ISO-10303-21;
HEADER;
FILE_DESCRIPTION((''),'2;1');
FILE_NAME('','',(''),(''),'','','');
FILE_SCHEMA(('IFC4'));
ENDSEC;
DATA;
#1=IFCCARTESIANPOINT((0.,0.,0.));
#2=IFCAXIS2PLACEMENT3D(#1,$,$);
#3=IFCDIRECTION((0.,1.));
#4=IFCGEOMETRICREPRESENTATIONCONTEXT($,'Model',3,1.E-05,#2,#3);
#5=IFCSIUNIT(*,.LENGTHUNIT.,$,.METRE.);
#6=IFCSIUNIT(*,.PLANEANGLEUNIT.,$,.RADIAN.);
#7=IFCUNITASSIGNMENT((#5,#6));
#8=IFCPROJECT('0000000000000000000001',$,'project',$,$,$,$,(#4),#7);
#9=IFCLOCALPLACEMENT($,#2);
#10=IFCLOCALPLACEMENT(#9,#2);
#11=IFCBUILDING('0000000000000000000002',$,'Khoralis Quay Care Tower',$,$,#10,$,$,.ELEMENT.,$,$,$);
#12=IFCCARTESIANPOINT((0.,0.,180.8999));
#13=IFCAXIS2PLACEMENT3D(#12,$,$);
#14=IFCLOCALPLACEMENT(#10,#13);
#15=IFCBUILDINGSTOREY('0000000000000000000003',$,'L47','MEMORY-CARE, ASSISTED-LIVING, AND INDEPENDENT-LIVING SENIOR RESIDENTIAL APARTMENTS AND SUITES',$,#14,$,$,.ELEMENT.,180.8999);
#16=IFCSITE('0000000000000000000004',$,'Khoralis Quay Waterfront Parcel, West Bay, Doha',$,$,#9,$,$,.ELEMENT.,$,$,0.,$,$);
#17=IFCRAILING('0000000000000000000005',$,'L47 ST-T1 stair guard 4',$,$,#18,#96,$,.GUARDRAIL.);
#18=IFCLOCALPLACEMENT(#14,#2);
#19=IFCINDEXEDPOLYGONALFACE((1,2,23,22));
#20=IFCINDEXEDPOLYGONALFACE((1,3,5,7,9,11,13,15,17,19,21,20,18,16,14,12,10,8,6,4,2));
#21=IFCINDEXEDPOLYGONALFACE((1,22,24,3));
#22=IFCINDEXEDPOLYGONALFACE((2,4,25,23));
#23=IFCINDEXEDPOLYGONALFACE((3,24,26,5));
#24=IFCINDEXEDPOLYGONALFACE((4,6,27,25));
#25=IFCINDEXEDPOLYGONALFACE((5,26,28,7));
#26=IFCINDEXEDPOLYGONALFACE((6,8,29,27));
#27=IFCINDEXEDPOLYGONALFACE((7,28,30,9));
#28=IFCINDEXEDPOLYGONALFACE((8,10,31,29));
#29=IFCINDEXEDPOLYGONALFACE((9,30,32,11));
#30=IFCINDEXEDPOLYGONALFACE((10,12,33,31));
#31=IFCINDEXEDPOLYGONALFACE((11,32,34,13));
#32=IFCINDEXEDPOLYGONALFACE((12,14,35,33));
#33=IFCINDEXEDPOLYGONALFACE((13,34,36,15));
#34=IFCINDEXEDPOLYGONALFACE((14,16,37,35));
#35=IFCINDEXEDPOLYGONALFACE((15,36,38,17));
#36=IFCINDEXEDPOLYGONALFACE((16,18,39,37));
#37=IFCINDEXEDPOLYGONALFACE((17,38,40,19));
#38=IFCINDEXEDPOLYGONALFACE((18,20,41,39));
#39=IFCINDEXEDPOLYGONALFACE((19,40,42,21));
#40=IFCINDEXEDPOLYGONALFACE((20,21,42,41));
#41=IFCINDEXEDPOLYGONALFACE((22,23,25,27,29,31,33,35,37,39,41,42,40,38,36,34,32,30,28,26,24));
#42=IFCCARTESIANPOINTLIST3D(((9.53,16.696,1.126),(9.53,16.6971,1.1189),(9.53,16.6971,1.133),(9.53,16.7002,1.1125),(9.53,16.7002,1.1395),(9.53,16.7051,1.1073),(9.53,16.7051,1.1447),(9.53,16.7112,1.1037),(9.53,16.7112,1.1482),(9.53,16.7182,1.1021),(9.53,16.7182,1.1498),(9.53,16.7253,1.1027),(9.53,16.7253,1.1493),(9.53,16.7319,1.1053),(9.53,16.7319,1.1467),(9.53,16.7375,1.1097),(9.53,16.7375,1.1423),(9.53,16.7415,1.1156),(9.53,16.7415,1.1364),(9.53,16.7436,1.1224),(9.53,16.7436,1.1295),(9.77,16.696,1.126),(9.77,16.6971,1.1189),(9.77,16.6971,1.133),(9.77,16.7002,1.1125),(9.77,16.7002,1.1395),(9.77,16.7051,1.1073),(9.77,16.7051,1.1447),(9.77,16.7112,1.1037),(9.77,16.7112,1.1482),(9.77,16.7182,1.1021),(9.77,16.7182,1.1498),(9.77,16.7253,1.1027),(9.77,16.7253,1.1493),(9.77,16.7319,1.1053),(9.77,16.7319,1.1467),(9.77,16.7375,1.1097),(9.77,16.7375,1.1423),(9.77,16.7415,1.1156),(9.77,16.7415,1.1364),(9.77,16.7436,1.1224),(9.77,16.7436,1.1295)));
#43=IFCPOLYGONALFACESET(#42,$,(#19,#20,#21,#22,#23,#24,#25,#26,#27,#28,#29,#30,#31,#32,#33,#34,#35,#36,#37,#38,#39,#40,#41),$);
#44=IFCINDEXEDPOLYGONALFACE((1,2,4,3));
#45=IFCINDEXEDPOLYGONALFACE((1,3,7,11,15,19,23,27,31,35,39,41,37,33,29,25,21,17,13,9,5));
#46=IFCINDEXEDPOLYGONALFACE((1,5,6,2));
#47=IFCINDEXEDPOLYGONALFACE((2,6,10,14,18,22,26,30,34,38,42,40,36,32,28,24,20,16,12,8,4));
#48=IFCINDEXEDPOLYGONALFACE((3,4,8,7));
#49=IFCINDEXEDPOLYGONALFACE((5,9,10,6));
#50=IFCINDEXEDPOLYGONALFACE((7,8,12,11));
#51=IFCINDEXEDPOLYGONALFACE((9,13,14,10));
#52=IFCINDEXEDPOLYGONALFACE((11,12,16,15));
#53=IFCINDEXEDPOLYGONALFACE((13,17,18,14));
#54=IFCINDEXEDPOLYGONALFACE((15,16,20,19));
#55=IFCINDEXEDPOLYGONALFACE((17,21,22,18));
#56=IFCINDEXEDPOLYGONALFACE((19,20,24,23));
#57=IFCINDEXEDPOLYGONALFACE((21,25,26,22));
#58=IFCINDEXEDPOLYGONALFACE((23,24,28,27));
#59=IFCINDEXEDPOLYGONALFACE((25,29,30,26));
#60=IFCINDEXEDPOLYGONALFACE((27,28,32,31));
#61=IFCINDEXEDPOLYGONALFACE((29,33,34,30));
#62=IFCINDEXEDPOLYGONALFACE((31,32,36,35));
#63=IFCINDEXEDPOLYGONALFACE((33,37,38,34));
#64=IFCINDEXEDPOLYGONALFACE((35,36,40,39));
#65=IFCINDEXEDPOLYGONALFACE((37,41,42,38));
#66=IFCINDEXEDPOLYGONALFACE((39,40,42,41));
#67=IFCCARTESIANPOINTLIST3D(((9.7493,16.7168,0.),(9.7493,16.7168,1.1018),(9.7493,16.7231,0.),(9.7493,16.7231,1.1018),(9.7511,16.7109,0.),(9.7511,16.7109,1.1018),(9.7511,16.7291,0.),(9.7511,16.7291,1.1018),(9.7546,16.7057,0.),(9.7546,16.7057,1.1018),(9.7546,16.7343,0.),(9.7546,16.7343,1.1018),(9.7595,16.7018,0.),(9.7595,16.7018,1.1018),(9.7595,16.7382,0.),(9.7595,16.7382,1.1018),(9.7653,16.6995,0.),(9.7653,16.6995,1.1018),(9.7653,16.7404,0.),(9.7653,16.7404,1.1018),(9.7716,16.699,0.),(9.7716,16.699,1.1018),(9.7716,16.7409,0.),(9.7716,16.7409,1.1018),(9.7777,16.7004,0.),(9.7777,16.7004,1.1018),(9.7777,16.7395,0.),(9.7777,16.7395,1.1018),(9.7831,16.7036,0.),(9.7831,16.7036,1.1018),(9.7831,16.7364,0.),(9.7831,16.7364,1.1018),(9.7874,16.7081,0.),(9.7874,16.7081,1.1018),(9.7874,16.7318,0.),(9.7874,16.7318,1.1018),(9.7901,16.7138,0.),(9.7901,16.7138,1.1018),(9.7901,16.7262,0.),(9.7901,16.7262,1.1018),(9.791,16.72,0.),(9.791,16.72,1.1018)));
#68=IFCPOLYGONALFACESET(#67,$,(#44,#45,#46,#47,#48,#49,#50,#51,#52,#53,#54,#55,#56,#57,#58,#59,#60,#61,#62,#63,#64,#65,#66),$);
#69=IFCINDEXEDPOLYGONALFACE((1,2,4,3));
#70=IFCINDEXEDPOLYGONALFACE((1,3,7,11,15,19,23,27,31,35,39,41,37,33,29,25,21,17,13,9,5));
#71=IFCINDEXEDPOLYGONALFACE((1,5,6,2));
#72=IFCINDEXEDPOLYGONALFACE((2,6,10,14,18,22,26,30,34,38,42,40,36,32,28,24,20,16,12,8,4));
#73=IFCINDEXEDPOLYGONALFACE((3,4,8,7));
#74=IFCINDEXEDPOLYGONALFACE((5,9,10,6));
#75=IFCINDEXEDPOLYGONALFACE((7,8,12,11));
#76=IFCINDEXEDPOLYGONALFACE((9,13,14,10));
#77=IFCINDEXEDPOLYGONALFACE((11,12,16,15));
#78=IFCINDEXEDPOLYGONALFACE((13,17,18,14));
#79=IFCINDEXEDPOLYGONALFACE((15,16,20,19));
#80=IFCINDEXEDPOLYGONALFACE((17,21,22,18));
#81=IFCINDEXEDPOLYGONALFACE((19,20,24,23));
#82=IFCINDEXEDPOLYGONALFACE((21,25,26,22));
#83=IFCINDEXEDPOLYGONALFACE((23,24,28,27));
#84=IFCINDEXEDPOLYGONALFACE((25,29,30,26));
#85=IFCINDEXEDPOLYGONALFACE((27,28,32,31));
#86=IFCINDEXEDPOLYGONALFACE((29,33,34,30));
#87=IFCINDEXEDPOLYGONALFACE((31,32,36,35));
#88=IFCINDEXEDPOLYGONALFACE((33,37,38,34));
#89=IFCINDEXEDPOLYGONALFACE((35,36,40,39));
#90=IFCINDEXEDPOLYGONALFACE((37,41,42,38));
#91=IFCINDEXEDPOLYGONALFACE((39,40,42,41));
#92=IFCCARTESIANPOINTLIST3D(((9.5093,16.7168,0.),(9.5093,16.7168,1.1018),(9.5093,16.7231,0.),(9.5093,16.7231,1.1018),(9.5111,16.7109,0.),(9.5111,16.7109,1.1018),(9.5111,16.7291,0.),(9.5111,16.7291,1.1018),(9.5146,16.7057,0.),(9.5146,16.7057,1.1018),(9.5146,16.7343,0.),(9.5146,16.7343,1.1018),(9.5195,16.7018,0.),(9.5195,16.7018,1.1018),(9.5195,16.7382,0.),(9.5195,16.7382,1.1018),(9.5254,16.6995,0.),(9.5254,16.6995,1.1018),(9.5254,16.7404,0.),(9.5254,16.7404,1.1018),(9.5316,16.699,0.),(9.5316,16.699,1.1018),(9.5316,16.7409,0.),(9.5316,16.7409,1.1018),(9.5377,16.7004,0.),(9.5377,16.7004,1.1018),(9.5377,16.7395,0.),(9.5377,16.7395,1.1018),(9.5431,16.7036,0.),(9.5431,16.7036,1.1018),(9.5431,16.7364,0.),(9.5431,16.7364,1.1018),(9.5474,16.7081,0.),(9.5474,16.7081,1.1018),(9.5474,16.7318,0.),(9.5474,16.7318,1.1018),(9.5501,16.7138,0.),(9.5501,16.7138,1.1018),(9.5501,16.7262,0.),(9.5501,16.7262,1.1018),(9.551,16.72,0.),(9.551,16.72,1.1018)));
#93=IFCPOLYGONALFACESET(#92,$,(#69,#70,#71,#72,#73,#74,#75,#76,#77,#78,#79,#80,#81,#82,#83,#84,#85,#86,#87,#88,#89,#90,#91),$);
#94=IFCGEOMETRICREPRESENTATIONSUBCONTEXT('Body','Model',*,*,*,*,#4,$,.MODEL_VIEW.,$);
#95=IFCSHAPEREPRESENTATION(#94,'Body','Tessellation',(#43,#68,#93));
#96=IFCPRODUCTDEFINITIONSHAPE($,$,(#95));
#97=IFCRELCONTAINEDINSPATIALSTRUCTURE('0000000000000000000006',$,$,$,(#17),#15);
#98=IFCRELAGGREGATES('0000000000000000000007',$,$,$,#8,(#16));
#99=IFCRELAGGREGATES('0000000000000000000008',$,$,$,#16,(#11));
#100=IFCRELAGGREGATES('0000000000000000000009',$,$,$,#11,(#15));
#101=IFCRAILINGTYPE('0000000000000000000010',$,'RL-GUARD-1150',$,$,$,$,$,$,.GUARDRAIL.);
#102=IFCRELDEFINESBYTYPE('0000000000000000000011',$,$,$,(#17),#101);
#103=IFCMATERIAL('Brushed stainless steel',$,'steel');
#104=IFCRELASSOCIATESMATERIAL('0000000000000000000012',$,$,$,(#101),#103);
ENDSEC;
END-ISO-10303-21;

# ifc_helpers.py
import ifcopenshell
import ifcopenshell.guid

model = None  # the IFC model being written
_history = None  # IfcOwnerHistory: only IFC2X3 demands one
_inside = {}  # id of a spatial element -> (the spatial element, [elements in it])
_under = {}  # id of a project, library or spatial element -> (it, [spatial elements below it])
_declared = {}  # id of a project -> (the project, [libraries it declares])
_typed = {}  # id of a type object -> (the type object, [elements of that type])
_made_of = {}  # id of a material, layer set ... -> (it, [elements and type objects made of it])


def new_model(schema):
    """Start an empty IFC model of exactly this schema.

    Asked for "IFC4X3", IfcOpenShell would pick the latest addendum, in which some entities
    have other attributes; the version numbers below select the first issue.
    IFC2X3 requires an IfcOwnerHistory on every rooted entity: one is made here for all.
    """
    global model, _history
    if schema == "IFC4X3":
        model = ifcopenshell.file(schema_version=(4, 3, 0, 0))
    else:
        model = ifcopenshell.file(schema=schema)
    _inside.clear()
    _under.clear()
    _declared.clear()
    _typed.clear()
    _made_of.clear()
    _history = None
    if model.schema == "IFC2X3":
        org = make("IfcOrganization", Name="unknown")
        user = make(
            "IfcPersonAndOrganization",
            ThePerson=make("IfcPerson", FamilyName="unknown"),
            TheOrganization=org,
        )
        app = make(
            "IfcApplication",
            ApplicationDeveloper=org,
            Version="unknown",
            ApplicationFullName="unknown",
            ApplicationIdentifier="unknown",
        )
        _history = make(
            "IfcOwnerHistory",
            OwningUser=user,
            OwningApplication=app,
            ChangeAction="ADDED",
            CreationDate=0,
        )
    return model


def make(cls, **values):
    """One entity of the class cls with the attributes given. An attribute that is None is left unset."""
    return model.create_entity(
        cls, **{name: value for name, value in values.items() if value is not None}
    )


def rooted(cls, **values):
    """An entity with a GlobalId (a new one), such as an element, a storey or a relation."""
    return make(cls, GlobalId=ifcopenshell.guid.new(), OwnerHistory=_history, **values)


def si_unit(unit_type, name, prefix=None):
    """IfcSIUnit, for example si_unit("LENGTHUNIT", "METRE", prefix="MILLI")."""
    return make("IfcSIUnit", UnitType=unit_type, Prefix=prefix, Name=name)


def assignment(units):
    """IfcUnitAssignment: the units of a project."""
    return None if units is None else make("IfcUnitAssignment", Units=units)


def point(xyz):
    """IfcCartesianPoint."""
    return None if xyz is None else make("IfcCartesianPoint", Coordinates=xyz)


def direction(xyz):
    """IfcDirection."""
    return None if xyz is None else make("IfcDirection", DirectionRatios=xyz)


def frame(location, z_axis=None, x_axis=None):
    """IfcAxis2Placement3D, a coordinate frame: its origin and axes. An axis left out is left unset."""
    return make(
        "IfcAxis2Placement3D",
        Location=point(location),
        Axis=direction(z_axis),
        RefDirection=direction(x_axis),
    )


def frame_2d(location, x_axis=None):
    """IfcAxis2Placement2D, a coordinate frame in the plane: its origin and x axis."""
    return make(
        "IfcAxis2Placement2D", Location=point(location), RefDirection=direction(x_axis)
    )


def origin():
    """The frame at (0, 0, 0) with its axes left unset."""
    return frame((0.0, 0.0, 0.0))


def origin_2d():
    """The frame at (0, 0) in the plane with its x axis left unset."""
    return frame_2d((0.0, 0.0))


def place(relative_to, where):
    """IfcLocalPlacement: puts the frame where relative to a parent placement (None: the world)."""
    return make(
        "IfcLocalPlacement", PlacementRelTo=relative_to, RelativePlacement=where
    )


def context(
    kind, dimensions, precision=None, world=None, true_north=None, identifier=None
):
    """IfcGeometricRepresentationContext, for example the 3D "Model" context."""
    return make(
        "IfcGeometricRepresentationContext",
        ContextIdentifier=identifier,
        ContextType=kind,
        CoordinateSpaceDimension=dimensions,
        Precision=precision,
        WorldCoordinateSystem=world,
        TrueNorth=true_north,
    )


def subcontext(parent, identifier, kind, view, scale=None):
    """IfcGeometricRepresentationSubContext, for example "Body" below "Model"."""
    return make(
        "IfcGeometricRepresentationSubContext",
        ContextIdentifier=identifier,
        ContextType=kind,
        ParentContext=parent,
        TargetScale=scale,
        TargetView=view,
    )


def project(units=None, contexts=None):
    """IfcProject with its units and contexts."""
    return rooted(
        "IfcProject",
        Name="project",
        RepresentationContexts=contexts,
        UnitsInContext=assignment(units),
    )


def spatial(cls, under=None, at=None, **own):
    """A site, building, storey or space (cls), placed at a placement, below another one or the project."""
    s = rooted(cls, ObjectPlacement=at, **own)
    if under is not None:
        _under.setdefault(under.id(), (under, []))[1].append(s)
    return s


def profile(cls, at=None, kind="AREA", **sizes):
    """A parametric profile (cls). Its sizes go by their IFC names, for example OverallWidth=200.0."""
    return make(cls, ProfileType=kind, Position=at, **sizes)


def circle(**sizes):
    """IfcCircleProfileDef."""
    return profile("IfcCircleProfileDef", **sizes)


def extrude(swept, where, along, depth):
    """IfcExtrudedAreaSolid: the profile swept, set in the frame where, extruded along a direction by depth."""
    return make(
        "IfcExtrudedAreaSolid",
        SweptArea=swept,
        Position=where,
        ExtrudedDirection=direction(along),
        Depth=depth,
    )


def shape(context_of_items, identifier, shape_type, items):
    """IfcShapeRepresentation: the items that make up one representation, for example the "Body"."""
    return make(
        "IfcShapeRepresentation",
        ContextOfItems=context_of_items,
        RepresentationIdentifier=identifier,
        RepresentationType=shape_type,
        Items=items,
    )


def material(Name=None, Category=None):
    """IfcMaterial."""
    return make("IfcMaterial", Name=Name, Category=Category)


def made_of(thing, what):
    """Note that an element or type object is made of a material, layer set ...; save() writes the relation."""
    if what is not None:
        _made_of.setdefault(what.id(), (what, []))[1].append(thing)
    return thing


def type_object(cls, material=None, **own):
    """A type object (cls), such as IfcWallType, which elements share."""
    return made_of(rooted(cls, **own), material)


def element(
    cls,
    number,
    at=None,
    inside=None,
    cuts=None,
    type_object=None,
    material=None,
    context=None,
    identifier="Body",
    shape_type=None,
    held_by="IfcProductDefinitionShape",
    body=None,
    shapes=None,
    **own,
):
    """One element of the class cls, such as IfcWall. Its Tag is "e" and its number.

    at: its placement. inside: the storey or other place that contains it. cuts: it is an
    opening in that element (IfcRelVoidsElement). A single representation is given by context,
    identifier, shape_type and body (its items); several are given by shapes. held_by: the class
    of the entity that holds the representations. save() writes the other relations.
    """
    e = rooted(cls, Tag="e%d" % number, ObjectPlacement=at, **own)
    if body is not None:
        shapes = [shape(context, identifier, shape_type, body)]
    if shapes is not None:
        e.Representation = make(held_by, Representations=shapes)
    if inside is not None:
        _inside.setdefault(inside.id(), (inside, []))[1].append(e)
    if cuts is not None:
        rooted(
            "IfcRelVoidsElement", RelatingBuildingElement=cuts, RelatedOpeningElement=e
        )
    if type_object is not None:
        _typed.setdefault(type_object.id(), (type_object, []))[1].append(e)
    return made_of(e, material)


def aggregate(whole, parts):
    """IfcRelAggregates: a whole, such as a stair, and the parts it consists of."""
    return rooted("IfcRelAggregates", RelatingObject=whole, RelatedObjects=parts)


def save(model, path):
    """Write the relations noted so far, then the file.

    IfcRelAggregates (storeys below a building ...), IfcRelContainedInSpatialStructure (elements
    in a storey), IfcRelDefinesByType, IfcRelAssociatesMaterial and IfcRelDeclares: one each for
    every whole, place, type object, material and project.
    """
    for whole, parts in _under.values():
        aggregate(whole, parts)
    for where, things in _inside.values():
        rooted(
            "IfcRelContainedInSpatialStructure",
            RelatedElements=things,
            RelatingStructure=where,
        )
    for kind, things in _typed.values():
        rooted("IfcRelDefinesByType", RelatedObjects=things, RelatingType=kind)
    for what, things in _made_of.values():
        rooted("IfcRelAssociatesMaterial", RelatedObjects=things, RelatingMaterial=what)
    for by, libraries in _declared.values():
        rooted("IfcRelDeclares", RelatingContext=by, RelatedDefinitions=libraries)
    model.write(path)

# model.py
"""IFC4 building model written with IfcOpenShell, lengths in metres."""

from ifc_helpers import new_model, si_unit, direction, frame, origin, origin_2d, place, context, subcontext, project, spatial, circle, extrude, material, type_object, element, save


model = new_model("IFC4")

# Units and contexts
model_context = context("Model", 3, precision=1e-05, world=origin(), true_north=direction((0.0, 1.0)))
body_context = subcontext(model_context, "Body", "Model", "MODEL_VIEW")
ifc_project = project(units=[si_unit("LENGTHUNIT", "METRE"), si_unit("PLANEANGLEUNIT", "RADIAN")], contexts=[model_context])

# Site, building, storey
site_placement = place(None, origin())
site = spatial("IfcSite", under=ifc_project, at=site_placement, Name="Khoralis Quay Waterfront Parcel, West Bay, Doha", CompositionType="ELEMENT", RefElevation=0.0)
building_placement = place(site_placement, origin())
building = spatial("IfcBuilding", under=site, at=building_placement, Name="Khoralis Quay Care Tower", CompositionType="ELEMENT")
storey_placement = place(building_placement, frame((0.0, 0.0, 180.8999)))
storey = spatial("IfcBuildingStorey", under=building, at=storey_placement, Name="L47", Description="MEMORY-CARE, ASSISTED-LIVING, AND INDEPENDENT-LIVING SENIOR RESIDENTIAL APARTMENTS AND SUITES", CompositionType="ELEMENT", Elevation=180.8999)

# Shared definitions
ifc_material_1 = material(Name="Brushed stainless steel", Category="steel")

# Railing
railing_type_1 = type_object("IfcRailingType", Name="RL-GUARD-1150", PredefinedType="GUARDRAIL", material=ifc_material_1)
railing_1_placement = place(storey_placement, frame((9.77, 16.72, 0.0)))
element("IfcRailing", 1, at=railing_1_placement, inside=storey, type_object=railing_type_1, Name="L47 ST-T1 stair guard 4", PredefinedType="GUARDRAIL", context=body_context, shape_type="SweptSolid", body=[
    extrude(circle(Radius=0.0239, at=origin_2d()), frame((0.0, 0.0, 1.126), z_axis=(-1.0, 0.0, 0.0), x_axis=(0.0, -1.0, 0.0)), (0.0, 0.0, 1.0), 0.24),
    extrude(circle(Radius=0.021, at=origin_2d()), origin(), (0.0, 0.0, 1.0), 1.1018),
    extrude(circle(Radius=0.021, at=origin_2d()), frame((-0.24, 0.0, 0.0)), (0.0, 0.0, 1.0), 1.1018),
])

save(model, "model.ifc")
